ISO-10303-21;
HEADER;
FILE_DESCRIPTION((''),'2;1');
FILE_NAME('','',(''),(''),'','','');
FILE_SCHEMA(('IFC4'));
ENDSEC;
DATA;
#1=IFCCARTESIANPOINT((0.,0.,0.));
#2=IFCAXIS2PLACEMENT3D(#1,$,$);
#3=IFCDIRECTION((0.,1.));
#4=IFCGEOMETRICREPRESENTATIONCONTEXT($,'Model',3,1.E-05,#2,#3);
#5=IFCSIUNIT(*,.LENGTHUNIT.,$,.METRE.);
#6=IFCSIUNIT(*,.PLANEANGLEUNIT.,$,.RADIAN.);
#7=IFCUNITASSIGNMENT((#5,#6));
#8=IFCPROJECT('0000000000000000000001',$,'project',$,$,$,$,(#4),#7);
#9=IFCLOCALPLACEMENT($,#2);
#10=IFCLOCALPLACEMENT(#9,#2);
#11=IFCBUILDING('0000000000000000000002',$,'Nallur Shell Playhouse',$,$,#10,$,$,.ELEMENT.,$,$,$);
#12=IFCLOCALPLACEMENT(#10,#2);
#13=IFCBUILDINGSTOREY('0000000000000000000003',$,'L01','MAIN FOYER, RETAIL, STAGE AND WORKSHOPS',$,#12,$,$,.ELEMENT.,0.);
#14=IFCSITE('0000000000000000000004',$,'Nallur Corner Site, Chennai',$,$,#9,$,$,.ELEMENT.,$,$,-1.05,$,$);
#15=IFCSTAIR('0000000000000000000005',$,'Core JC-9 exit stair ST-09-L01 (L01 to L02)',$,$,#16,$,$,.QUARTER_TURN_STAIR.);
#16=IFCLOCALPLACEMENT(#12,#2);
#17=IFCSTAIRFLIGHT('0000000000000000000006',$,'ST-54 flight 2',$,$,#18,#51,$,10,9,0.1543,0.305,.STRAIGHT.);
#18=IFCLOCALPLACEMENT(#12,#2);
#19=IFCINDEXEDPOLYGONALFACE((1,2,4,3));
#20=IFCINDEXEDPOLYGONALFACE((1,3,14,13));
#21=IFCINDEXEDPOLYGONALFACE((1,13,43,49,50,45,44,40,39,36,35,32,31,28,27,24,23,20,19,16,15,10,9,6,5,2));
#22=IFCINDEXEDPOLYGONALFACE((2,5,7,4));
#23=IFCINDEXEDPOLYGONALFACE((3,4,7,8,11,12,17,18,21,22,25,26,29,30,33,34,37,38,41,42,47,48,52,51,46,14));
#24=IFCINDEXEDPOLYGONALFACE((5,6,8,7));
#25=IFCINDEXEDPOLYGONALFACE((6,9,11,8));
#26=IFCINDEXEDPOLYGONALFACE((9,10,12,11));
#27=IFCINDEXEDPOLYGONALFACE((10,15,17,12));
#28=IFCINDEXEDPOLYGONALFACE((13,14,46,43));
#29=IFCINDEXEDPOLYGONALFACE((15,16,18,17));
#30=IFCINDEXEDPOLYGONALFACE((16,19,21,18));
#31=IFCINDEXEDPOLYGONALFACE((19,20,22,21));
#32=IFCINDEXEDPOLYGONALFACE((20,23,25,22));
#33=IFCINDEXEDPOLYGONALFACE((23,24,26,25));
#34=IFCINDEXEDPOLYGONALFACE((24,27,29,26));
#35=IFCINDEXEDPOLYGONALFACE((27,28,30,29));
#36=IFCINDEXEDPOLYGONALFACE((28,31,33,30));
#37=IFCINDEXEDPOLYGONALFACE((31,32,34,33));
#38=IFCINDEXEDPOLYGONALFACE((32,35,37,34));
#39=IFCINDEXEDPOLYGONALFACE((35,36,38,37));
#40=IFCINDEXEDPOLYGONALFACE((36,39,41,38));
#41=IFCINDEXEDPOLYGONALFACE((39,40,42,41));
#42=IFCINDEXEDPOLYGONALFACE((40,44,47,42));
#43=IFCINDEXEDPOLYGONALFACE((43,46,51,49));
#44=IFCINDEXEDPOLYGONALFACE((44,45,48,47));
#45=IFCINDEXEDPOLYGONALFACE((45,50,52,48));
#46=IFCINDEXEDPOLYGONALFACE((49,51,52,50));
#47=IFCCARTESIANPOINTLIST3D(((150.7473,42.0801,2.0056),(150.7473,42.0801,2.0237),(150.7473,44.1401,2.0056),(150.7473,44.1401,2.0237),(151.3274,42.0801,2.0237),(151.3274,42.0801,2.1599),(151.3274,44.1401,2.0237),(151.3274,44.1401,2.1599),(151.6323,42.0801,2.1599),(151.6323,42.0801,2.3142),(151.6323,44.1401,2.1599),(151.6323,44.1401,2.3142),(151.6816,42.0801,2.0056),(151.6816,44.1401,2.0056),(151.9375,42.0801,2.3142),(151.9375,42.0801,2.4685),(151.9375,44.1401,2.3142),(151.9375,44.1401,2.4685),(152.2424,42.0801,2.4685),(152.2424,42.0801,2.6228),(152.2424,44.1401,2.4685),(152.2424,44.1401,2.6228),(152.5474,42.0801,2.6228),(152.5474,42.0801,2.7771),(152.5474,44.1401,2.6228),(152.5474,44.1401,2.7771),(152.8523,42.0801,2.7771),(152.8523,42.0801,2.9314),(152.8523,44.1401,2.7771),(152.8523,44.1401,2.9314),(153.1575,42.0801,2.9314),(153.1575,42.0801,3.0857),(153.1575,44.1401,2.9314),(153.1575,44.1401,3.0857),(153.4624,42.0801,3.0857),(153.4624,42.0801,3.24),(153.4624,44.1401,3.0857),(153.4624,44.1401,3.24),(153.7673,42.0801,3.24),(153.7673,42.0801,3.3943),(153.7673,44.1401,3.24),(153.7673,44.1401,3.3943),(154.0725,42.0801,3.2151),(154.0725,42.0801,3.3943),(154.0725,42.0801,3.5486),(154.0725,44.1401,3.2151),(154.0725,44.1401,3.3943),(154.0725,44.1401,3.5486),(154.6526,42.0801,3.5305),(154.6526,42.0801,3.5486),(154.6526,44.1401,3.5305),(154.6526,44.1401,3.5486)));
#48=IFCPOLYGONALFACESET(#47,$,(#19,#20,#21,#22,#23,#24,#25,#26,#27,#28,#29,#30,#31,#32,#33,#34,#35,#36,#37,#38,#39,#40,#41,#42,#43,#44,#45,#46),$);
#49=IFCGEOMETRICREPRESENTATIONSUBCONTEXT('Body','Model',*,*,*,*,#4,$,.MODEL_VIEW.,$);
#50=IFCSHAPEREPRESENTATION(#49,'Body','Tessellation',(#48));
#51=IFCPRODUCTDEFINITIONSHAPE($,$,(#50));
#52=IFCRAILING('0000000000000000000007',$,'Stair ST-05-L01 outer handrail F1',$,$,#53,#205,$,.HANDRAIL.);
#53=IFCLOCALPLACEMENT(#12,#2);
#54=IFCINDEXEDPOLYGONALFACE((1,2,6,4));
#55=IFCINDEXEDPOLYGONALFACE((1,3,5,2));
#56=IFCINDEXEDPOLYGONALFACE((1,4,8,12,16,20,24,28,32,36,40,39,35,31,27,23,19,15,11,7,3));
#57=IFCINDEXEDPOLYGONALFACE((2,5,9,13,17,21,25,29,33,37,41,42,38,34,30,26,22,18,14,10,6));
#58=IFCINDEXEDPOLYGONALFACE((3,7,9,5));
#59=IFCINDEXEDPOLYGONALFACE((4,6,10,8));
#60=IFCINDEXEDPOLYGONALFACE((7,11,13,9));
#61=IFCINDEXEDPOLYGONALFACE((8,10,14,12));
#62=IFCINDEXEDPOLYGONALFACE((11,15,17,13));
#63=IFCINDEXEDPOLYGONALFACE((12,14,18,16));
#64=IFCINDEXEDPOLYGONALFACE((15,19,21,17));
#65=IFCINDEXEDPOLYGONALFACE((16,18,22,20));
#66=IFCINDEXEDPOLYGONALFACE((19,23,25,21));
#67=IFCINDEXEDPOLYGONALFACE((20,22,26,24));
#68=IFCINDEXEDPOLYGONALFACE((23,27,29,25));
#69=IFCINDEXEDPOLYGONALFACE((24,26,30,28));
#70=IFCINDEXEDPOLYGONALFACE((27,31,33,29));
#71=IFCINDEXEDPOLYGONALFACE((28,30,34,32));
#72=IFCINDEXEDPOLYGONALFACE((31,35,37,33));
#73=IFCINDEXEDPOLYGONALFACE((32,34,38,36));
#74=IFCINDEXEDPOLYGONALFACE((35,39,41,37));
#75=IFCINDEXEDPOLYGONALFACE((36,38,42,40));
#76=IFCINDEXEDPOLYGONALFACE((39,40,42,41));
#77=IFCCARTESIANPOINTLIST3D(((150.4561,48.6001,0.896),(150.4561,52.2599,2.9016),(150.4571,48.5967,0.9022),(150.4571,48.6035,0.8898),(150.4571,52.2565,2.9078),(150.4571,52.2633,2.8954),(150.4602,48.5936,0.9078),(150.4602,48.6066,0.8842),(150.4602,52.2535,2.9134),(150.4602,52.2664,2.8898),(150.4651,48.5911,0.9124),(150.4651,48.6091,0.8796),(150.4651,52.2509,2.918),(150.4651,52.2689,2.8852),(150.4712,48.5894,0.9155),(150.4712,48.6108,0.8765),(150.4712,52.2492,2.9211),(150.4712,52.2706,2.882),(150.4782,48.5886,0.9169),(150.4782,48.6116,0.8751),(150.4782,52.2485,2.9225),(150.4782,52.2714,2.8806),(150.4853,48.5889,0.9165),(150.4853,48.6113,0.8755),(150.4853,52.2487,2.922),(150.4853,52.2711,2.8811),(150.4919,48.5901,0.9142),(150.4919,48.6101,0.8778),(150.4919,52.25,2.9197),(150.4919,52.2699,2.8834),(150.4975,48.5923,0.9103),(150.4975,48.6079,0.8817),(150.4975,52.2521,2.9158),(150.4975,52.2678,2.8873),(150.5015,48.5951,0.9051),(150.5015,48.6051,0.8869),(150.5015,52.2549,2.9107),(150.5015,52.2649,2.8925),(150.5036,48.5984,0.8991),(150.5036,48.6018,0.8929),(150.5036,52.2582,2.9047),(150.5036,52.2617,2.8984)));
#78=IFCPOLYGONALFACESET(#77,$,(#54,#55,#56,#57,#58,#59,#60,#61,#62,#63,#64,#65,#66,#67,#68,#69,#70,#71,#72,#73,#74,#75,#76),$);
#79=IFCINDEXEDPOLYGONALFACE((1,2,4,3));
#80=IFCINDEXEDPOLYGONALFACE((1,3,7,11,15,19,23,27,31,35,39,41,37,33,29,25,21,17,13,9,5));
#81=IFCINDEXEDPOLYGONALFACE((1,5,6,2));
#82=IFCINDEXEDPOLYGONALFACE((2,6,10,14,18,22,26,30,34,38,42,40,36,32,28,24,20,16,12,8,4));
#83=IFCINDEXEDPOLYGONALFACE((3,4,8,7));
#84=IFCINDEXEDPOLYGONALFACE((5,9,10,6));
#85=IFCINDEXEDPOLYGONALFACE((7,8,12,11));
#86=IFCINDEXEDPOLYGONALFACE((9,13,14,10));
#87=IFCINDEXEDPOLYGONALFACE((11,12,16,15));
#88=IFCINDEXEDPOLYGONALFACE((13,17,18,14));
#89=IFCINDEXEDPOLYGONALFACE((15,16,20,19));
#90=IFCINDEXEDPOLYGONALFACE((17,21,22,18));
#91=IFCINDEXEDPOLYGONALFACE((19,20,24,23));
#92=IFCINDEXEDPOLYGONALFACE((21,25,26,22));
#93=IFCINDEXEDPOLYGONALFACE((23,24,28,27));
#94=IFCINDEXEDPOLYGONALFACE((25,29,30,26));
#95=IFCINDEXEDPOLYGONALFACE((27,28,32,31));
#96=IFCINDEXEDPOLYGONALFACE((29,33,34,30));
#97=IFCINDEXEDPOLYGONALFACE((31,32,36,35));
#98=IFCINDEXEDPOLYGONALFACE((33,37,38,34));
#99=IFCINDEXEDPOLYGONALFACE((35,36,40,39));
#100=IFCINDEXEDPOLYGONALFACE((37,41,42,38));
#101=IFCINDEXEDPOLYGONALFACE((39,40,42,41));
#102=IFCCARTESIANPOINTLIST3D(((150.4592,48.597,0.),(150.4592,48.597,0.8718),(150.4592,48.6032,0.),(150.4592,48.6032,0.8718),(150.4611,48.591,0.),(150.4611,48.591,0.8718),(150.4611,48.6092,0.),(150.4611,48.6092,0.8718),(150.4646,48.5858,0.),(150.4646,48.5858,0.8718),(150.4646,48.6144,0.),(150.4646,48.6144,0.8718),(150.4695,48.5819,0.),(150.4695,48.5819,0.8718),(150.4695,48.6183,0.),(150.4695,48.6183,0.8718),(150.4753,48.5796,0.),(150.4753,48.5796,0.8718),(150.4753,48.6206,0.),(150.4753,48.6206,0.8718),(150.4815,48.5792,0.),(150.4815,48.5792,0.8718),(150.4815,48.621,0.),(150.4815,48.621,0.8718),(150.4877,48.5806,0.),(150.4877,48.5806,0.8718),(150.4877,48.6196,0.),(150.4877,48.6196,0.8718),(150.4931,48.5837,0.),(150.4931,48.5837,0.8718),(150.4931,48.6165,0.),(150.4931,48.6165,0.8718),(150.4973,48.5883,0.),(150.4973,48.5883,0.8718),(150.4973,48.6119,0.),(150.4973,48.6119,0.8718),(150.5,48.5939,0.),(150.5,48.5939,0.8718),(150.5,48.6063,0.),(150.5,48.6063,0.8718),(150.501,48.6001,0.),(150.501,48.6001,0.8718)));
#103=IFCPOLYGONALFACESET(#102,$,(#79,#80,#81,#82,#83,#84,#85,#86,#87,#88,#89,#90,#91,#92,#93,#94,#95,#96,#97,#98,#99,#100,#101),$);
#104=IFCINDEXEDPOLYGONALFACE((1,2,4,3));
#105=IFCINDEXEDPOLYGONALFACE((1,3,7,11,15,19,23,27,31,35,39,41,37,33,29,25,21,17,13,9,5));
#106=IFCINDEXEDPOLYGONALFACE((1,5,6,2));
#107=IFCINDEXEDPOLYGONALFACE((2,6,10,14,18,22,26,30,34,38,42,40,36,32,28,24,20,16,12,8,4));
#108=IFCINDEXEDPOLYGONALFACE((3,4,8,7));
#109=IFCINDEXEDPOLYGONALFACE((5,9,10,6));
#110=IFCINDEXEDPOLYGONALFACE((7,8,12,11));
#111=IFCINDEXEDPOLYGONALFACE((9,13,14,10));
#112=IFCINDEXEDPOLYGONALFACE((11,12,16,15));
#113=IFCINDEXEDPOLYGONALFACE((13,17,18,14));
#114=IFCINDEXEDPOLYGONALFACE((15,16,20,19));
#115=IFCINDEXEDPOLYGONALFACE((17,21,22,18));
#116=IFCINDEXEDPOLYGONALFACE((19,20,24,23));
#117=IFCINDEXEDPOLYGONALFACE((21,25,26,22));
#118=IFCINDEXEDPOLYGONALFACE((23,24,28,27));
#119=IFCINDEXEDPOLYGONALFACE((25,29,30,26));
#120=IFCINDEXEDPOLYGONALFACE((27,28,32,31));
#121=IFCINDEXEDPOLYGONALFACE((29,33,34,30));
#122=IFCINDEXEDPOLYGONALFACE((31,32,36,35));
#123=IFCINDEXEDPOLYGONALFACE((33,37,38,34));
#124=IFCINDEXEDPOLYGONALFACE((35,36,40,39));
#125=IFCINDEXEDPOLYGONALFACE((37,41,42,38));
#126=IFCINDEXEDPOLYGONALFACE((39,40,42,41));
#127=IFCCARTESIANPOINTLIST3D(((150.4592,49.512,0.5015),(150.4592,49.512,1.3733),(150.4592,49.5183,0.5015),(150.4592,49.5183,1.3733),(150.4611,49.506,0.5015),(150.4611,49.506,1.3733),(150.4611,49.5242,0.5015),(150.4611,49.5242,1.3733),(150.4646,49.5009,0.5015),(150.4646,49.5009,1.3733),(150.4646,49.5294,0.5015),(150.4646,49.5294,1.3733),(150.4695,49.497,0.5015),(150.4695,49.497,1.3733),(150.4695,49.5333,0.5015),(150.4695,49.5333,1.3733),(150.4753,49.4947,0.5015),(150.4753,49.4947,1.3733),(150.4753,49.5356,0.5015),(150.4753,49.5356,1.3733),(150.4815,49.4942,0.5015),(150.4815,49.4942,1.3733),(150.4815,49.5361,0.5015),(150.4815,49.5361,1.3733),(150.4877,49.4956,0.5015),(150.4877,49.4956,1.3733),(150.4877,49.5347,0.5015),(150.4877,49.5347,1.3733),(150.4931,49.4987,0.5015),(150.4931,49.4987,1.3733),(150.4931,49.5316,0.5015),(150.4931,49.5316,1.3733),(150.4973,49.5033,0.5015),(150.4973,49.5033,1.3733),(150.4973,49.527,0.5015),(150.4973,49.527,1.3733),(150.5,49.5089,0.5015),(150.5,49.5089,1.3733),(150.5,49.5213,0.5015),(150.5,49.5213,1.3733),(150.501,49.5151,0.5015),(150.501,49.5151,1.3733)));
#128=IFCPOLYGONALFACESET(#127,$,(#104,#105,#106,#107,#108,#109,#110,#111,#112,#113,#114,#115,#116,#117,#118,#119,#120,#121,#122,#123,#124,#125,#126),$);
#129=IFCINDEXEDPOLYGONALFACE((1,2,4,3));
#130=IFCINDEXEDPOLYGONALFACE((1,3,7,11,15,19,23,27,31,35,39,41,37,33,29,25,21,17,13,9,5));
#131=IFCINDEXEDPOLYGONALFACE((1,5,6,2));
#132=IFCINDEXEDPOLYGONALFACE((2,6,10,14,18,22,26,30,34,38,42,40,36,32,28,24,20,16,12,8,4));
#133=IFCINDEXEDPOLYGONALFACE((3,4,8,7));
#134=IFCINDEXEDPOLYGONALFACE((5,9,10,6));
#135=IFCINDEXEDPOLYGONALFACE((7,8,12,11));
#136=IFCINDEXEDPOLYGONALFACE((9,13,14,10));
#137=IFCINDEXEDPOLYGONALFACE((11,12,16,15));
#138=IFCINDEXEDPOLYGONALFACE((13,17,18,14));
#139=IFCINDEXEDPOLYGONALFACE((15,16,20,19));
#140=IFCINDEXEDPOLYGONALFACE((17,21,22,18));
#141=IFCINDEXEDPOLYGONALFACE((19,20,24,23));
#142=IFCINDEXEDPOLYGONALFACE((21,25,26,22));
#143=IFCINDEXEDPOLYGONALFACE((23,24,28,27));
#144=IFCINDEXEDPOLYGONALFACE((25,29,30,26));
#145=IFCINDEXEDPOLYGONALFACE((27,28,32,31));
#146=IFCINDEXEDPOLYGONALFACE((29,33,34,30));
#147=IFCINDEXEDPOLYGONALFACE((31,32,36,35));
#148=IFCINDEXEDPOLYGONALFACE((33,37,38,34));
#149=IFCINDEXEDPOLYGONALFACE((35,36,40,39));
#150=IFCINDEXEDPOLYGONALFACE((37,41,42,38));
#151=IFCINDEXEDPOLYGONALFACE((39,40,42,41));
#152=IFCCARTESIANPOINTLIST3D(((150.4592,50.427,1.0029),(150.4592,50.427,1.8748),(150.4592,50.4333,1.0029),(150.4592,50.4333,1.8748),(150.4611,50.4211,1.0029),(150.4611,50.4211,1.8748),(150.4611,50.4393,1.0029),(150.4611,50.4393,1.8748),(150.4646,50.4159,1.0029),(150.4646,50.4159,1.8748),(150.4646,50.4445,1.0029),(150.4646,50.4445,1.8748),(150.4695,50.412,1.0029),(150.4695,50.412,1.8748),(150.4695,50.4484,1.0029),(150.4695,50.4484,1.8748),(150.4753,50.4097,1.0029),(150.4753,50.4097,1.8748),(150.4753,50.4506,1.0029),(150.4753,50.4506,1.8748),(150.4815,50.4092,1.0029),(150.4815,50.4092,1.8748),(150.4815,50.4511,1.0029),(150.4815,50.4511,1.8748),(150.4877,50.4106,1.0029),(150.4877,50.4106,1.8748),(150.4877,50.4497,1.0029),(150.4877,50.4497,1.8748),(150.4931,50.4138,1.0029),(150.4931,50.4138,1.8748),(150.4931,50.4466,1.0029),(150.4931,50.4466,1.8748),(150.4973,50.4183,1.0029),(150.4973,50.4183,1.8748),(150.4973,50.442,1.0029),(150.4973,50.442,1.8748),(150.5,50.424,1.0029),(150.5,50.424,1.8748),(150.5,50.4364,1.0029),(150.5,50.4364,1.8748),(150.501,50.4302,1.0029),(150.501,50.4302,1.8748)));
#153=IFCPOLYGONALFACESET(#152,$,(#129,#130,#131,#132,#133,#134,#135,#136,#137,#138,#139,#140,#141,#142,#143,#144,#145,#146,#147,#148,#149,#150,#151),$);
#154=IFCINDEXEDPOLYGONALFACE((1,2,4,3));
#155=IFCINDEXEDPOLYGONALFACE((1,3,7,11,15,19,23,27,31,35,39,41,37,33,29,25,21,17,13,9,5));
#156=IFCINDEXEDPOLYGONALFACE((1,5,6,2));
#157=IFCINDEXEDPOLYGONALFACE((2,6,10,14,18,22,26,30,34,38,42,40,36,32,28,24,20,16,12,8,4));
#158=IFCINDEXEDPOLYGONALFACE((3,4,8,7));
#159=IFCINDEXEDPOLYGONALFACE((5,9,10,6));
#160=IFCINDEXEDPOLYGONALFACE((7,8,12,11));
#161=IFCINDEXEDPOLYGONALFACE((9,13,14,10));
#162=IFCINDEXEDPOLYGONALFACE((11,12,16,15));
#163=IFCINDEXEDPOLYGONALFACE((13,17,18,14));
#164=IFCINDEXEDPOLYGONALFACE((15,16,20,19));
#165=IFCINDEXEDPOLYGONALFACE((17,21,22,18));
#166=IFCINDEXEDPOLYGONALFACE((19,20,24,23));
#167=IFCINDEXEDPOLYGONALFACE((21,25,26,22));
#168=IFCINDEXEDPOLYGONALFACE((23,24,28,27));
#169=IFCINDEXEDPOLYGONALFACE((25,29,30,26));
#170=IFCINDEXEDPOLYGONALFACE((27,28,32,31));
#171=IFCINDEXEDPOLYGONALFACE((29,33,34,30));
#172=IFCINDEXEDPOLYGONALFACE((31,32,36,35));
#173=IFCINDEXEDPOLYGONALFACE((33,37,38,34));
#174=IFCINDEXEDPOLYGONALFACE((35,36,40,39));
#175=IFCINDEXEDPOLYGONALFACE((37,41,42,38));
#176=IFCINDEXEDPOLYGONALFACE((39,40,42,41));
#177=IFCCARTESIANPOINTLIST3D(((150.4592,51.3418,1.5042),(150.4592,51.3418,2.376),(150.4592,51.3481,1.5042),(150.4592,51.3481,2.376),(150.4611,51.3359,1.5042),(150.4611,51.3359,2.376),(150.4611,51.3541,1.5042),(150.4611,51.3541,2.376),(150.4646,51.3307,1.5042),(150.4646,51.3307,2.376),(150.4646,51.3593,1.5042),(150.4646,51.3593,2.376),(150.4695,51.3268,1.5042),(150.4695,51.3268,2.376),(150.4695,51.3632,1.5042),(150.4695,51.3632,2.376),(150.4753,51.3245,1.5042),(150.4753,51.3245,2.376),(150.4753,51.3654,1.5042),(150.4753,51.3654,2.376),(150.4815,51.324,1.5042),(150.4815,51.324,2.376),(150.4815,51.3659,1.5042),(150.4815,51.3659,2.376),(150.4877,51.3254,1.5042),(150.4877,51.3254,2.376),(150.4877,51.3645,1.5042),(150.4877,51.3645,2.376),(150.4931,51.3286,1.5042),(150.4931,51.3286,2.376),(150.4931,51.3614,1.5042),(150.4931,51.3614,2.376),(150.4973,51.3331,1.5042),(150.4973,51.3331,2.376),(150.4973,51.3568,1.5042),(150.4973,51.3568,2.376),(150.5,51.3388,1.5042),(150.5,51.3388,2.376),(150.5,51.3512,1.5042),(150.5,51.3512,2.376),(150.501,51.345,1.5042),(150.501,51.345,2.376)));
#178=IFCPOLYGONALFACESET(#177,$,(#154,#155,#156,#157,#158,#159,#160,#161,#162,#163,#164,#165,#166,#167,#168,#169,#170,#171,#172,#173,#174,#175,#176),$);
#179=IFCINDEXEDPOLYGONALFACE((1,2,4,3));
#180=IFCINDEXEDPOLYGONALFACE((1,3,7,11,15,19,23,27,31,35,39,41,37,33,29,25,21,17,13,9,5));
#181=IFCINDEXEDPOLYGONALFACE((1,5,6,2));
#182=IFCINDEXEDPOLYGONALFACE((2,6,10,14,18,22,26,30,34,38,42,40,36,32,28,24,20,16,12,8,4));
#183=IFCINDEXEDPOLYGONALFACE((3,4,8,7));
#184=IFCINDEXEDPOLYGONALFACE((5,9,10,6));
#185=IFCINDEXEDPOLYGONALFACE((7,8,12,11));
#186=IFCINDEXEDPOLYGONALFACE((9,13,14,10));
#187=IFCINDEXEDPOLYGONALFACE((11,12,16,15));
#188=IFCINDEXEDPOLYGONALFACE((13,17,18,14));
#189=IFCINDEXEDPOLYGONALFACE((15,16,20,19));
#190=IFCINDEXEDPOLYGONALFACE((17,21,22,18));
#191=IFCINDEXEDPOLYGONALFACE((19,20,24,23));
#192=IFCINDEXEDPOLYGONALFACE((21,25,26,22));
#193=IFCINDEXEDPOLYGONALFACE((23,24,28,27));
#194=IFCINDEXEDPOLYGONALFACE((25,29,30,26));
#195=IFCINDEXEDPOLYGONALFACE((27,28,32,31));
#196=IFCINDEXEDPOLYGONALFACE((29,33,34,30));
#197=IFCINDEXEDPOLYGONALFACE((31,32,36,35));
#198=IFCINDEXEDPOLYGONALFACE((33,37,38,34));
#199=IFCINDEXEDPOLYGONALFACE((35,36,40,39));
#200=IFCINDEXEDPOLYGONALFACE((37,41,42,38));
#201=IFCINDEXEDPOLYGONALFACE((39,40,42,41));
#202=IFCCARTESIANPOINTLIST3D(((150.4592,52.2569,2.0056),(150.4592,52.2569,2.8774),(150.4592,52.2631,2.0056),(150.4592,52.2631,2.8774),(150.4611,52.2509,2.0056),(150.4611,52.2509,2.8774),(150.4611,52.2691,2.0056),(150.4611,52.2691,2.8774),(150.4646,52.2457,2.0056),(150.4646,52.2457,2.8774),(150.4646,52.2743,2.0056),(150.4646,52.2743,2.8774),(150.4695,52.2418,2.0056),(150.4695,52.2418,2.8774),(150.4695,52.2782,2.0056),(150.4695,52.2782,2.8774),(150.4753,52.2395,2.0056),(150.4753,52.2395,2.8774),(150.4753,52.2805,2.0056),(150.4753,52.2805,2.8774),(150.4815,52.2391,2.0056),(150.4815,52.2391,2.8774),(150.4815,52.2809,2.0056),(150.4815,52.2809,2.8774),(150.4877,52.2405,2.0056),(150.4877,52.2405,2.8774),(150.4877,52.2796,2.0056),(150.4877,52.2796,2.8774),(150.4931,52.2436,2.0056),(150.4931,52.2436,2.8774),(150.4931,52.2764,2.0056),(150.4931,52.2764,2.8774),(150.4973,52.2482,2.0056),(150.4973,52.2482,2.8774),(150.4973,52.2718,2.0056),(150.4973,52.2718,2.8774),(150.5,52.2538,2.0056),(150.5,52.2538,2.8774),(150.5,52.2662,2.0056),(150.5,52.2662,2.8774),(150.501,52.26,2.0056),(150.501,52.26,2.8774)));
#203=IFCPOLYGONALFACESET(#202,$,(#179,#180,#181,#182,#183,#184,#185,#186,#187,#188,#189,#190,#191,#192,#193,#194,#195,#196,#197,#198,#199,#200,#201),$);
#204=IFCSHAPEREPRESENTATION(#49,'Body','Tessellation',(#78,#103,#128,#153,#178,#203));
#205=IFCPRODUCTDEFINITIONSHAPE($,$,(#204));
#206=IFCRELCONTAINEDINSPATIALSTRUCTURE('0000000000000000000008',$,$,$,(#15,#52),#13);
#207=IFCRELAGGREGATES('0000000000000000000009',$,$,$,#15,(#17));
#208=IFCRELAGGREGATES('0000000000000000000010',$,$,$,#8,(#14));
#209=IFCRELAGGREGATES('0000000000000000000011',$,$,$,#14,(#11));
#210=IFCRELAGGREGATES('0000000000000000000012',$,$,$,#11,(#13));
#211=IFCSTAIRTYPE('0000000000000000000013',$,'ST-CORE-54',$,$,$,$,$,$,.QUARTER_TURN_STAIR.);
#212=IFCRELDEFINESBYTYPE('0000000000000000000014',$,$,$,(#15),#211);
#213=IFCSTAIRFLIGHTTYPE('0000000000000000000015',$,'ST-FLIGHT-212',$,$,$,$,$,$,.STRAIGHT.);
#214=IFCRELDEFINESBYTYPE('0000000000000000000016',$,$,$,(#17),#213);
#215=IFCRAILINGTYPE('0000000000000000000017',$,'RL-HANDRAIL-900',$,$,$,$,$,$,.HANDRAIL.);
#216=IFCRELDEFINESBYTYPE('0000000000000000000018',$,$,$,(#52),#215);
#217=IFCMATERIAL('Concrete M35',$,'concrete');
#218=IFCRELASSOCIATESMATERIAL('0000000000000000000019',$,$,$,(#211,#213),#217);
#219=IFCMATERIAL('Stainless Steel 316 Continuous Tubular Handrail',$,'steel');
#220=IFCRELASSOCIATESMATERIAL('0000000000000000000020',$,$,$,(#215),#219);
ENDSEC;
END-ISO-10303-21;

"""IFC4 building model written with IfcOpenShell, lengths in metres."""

from ifc_helpers import new_model, si_unit, direction, frame, origin, origin_2d, place, context, subcontext, project, spatial, polyline, circle, outline, extrude, material, type_object, element, aggregate, save


model = new_model("IFC4")

# Units and contexts
model_context = context("Model", 3, precision=1e-05, world=origin(), true_north=direction((0.0, 1.0)))
body_context = subcontext(model_context, "Body", "Model", "MODEL_VIEW")
ifc_project = project(units=[si_unit("LENGTHUNIT", "METRE"), si_unit("PLANEANGLEUNIT", "RADIAN")], contexts=[model_context])

# Site, building, storey
site_placement = place(None, origin())
site = spatial("IfcSite", under=ifc_project, at=site_placement, Name="Nallur Corner Site, Chennai", CompositionType="ELEMENT", RefElevation=-1.05)
building_placement = place(site_placement, origin())
building = spatial("IfcBuilding", under=site, at=building_placement, Name="Nallur Shell Playhouse", CompositionType="ELEMENT")
storey_placement = place(building_placement, origin())
storey = spatial("IfcBuildingStorey", under=building, at=storey_placement, Name="L01", Description="MAIN FOYER, RETAIL, STAGE AND WORKSHOPS", CompositionType="ELEMENT", Elevation=0.0)

# Shared definitions
ifc_material_1 = material(Name="Concrete M35", Category="concrete")

# Stair, stair flight
stair_type = type_object("IfcStairType", Name="ST-CORE-54", PredefinedType="QUARTER_TURN_STAIR", material=ifc_material_1)
stair_flight_type = type_object("IfcStairFlightType", Name="ST-FLIGHT-212", PredefinedType="STRAIGHT", material=ifc_material_1)
stair_1_placement = place(storey_placement, origin())
stair_1 = element("IfcStair", 1, at=stair_1_placement, inside=storey, type_object=stair_type, Name="Core JC-9 exit stair ST-09-L01 (L01 to L02)", PredefinedType="QUARTER_TURN_STAIR")
stair_flight_1_placement = place(storey_placement, frame((151.3274, 43.1101, 2.0056), z_axis=(0.0, 0.0, 1.0), x_axis=(1.0, 0.0, 0.0)))
stair_flight_1 = element("IfcStairFlight", 2, at=stair_flight_1_placement, type_object=stair_flight_type, Name="ST-54 flight 2", NumberOfRisers=10, NumberOfTreads=9, PredefinedType="STRAIGHT", RiserHeight=0.1543, TreadLength=0.305, context=body_context, shape_type="SweptSolid", body=[
    extrude(outline(polyline([(-0.5801, 0.0), (-0.5801, 0.0181), (0.0, 0.0181), (0.0, 0.1543), (0.3049, 0.1543), (0.3049, 0.3086), (0.6101, 0.3086), (0.6101, 0.4629), (0.915, 0.4629), (0.915, 0.6172), (1.22, 0.6172), (1.22, 0.7715), (1.5249, 0.7715), (1.5249, 0.9258), (1.8301, 0.9258), (1.8301, 1.0801), (2.135, 1.0801), (2.135, 1.2344), (2.4399, 1.2344), (2.4399, 1.3887), (2.7451, 1.3887), (2.7451, 1.543), (3.3252, 1.543), (3.3252, 1.5249), (2.7451, 1.2095), (0.3542, 0.0), (-0.5801, 0.0)])), frame((0.0, 1.03, 0.0), z_axis=(0.0, -1.0, 0.0), x_axis=(1.0, 0.0, 0.0)), (0.0, 0.0, 1.0), 2.0601),
])
aggregate(stair_1, [stair_flight_1])

# Railing
ifc_material_2 = material(Name="Stainless Steel 316 Continuous Tubular Handrail", Category="steel")
railing_type_1 = type_object("IfcRailingType", Name="RL-HANDRAIL-900", PredefinedType="HANDRAIL", material=ifc_material_2)
railing_1_placement = place(storey_placement, frame((150.48, 48.6001, 0.0)))
element("IfcRailing", 3, at=railing_1_placement, inside=storey, type_object=railing_type_1, Name="Stair ST-05-L01 outer handrail F1", PredefinedType="HANDRAIL", context=body_context, shape_type="SweptSolid", body=[
    extrude(circle(Radius=0.0239, at=origin_2d()), frame((0.0, 0.0, 0.896), z_axis=(0.0, 0.876957, 0.480569), x_axis=(-1.0, 0.0, 0.0)), (0.0, 0.0, 1.0), 4.1733),
    extrude(circle(Radius=0.021, at=origin_2d()), origin(), (0.0, 0.0, 1.0), 0.8718),
    extrude(circle(Radius=0.021, at=origin_2d()), frame((0.0, 0.915, 0.5015)), (0.0, 0.0, 1.0), 0.8718),
    extrude(circle(Radius=0.021, at=origin_2d()), frame((0.0, 1.8301, 1.0029)), (0.0, 0.0, 1.0), 0.8718),
    extrude(circle(Radius=0.021, at=origin_2d()), frame((0.0, 2.7449, 1.5042)), (0.0, 0.0, 1.0), 0.8718),
    extrude(circle(Radius=0.021, at=origin_2d()), frame((0.0, 3.6599, 2.0056)), (0.0, 0.0, 1.0), 0.8718),
])

save(model, "model.ifc")
